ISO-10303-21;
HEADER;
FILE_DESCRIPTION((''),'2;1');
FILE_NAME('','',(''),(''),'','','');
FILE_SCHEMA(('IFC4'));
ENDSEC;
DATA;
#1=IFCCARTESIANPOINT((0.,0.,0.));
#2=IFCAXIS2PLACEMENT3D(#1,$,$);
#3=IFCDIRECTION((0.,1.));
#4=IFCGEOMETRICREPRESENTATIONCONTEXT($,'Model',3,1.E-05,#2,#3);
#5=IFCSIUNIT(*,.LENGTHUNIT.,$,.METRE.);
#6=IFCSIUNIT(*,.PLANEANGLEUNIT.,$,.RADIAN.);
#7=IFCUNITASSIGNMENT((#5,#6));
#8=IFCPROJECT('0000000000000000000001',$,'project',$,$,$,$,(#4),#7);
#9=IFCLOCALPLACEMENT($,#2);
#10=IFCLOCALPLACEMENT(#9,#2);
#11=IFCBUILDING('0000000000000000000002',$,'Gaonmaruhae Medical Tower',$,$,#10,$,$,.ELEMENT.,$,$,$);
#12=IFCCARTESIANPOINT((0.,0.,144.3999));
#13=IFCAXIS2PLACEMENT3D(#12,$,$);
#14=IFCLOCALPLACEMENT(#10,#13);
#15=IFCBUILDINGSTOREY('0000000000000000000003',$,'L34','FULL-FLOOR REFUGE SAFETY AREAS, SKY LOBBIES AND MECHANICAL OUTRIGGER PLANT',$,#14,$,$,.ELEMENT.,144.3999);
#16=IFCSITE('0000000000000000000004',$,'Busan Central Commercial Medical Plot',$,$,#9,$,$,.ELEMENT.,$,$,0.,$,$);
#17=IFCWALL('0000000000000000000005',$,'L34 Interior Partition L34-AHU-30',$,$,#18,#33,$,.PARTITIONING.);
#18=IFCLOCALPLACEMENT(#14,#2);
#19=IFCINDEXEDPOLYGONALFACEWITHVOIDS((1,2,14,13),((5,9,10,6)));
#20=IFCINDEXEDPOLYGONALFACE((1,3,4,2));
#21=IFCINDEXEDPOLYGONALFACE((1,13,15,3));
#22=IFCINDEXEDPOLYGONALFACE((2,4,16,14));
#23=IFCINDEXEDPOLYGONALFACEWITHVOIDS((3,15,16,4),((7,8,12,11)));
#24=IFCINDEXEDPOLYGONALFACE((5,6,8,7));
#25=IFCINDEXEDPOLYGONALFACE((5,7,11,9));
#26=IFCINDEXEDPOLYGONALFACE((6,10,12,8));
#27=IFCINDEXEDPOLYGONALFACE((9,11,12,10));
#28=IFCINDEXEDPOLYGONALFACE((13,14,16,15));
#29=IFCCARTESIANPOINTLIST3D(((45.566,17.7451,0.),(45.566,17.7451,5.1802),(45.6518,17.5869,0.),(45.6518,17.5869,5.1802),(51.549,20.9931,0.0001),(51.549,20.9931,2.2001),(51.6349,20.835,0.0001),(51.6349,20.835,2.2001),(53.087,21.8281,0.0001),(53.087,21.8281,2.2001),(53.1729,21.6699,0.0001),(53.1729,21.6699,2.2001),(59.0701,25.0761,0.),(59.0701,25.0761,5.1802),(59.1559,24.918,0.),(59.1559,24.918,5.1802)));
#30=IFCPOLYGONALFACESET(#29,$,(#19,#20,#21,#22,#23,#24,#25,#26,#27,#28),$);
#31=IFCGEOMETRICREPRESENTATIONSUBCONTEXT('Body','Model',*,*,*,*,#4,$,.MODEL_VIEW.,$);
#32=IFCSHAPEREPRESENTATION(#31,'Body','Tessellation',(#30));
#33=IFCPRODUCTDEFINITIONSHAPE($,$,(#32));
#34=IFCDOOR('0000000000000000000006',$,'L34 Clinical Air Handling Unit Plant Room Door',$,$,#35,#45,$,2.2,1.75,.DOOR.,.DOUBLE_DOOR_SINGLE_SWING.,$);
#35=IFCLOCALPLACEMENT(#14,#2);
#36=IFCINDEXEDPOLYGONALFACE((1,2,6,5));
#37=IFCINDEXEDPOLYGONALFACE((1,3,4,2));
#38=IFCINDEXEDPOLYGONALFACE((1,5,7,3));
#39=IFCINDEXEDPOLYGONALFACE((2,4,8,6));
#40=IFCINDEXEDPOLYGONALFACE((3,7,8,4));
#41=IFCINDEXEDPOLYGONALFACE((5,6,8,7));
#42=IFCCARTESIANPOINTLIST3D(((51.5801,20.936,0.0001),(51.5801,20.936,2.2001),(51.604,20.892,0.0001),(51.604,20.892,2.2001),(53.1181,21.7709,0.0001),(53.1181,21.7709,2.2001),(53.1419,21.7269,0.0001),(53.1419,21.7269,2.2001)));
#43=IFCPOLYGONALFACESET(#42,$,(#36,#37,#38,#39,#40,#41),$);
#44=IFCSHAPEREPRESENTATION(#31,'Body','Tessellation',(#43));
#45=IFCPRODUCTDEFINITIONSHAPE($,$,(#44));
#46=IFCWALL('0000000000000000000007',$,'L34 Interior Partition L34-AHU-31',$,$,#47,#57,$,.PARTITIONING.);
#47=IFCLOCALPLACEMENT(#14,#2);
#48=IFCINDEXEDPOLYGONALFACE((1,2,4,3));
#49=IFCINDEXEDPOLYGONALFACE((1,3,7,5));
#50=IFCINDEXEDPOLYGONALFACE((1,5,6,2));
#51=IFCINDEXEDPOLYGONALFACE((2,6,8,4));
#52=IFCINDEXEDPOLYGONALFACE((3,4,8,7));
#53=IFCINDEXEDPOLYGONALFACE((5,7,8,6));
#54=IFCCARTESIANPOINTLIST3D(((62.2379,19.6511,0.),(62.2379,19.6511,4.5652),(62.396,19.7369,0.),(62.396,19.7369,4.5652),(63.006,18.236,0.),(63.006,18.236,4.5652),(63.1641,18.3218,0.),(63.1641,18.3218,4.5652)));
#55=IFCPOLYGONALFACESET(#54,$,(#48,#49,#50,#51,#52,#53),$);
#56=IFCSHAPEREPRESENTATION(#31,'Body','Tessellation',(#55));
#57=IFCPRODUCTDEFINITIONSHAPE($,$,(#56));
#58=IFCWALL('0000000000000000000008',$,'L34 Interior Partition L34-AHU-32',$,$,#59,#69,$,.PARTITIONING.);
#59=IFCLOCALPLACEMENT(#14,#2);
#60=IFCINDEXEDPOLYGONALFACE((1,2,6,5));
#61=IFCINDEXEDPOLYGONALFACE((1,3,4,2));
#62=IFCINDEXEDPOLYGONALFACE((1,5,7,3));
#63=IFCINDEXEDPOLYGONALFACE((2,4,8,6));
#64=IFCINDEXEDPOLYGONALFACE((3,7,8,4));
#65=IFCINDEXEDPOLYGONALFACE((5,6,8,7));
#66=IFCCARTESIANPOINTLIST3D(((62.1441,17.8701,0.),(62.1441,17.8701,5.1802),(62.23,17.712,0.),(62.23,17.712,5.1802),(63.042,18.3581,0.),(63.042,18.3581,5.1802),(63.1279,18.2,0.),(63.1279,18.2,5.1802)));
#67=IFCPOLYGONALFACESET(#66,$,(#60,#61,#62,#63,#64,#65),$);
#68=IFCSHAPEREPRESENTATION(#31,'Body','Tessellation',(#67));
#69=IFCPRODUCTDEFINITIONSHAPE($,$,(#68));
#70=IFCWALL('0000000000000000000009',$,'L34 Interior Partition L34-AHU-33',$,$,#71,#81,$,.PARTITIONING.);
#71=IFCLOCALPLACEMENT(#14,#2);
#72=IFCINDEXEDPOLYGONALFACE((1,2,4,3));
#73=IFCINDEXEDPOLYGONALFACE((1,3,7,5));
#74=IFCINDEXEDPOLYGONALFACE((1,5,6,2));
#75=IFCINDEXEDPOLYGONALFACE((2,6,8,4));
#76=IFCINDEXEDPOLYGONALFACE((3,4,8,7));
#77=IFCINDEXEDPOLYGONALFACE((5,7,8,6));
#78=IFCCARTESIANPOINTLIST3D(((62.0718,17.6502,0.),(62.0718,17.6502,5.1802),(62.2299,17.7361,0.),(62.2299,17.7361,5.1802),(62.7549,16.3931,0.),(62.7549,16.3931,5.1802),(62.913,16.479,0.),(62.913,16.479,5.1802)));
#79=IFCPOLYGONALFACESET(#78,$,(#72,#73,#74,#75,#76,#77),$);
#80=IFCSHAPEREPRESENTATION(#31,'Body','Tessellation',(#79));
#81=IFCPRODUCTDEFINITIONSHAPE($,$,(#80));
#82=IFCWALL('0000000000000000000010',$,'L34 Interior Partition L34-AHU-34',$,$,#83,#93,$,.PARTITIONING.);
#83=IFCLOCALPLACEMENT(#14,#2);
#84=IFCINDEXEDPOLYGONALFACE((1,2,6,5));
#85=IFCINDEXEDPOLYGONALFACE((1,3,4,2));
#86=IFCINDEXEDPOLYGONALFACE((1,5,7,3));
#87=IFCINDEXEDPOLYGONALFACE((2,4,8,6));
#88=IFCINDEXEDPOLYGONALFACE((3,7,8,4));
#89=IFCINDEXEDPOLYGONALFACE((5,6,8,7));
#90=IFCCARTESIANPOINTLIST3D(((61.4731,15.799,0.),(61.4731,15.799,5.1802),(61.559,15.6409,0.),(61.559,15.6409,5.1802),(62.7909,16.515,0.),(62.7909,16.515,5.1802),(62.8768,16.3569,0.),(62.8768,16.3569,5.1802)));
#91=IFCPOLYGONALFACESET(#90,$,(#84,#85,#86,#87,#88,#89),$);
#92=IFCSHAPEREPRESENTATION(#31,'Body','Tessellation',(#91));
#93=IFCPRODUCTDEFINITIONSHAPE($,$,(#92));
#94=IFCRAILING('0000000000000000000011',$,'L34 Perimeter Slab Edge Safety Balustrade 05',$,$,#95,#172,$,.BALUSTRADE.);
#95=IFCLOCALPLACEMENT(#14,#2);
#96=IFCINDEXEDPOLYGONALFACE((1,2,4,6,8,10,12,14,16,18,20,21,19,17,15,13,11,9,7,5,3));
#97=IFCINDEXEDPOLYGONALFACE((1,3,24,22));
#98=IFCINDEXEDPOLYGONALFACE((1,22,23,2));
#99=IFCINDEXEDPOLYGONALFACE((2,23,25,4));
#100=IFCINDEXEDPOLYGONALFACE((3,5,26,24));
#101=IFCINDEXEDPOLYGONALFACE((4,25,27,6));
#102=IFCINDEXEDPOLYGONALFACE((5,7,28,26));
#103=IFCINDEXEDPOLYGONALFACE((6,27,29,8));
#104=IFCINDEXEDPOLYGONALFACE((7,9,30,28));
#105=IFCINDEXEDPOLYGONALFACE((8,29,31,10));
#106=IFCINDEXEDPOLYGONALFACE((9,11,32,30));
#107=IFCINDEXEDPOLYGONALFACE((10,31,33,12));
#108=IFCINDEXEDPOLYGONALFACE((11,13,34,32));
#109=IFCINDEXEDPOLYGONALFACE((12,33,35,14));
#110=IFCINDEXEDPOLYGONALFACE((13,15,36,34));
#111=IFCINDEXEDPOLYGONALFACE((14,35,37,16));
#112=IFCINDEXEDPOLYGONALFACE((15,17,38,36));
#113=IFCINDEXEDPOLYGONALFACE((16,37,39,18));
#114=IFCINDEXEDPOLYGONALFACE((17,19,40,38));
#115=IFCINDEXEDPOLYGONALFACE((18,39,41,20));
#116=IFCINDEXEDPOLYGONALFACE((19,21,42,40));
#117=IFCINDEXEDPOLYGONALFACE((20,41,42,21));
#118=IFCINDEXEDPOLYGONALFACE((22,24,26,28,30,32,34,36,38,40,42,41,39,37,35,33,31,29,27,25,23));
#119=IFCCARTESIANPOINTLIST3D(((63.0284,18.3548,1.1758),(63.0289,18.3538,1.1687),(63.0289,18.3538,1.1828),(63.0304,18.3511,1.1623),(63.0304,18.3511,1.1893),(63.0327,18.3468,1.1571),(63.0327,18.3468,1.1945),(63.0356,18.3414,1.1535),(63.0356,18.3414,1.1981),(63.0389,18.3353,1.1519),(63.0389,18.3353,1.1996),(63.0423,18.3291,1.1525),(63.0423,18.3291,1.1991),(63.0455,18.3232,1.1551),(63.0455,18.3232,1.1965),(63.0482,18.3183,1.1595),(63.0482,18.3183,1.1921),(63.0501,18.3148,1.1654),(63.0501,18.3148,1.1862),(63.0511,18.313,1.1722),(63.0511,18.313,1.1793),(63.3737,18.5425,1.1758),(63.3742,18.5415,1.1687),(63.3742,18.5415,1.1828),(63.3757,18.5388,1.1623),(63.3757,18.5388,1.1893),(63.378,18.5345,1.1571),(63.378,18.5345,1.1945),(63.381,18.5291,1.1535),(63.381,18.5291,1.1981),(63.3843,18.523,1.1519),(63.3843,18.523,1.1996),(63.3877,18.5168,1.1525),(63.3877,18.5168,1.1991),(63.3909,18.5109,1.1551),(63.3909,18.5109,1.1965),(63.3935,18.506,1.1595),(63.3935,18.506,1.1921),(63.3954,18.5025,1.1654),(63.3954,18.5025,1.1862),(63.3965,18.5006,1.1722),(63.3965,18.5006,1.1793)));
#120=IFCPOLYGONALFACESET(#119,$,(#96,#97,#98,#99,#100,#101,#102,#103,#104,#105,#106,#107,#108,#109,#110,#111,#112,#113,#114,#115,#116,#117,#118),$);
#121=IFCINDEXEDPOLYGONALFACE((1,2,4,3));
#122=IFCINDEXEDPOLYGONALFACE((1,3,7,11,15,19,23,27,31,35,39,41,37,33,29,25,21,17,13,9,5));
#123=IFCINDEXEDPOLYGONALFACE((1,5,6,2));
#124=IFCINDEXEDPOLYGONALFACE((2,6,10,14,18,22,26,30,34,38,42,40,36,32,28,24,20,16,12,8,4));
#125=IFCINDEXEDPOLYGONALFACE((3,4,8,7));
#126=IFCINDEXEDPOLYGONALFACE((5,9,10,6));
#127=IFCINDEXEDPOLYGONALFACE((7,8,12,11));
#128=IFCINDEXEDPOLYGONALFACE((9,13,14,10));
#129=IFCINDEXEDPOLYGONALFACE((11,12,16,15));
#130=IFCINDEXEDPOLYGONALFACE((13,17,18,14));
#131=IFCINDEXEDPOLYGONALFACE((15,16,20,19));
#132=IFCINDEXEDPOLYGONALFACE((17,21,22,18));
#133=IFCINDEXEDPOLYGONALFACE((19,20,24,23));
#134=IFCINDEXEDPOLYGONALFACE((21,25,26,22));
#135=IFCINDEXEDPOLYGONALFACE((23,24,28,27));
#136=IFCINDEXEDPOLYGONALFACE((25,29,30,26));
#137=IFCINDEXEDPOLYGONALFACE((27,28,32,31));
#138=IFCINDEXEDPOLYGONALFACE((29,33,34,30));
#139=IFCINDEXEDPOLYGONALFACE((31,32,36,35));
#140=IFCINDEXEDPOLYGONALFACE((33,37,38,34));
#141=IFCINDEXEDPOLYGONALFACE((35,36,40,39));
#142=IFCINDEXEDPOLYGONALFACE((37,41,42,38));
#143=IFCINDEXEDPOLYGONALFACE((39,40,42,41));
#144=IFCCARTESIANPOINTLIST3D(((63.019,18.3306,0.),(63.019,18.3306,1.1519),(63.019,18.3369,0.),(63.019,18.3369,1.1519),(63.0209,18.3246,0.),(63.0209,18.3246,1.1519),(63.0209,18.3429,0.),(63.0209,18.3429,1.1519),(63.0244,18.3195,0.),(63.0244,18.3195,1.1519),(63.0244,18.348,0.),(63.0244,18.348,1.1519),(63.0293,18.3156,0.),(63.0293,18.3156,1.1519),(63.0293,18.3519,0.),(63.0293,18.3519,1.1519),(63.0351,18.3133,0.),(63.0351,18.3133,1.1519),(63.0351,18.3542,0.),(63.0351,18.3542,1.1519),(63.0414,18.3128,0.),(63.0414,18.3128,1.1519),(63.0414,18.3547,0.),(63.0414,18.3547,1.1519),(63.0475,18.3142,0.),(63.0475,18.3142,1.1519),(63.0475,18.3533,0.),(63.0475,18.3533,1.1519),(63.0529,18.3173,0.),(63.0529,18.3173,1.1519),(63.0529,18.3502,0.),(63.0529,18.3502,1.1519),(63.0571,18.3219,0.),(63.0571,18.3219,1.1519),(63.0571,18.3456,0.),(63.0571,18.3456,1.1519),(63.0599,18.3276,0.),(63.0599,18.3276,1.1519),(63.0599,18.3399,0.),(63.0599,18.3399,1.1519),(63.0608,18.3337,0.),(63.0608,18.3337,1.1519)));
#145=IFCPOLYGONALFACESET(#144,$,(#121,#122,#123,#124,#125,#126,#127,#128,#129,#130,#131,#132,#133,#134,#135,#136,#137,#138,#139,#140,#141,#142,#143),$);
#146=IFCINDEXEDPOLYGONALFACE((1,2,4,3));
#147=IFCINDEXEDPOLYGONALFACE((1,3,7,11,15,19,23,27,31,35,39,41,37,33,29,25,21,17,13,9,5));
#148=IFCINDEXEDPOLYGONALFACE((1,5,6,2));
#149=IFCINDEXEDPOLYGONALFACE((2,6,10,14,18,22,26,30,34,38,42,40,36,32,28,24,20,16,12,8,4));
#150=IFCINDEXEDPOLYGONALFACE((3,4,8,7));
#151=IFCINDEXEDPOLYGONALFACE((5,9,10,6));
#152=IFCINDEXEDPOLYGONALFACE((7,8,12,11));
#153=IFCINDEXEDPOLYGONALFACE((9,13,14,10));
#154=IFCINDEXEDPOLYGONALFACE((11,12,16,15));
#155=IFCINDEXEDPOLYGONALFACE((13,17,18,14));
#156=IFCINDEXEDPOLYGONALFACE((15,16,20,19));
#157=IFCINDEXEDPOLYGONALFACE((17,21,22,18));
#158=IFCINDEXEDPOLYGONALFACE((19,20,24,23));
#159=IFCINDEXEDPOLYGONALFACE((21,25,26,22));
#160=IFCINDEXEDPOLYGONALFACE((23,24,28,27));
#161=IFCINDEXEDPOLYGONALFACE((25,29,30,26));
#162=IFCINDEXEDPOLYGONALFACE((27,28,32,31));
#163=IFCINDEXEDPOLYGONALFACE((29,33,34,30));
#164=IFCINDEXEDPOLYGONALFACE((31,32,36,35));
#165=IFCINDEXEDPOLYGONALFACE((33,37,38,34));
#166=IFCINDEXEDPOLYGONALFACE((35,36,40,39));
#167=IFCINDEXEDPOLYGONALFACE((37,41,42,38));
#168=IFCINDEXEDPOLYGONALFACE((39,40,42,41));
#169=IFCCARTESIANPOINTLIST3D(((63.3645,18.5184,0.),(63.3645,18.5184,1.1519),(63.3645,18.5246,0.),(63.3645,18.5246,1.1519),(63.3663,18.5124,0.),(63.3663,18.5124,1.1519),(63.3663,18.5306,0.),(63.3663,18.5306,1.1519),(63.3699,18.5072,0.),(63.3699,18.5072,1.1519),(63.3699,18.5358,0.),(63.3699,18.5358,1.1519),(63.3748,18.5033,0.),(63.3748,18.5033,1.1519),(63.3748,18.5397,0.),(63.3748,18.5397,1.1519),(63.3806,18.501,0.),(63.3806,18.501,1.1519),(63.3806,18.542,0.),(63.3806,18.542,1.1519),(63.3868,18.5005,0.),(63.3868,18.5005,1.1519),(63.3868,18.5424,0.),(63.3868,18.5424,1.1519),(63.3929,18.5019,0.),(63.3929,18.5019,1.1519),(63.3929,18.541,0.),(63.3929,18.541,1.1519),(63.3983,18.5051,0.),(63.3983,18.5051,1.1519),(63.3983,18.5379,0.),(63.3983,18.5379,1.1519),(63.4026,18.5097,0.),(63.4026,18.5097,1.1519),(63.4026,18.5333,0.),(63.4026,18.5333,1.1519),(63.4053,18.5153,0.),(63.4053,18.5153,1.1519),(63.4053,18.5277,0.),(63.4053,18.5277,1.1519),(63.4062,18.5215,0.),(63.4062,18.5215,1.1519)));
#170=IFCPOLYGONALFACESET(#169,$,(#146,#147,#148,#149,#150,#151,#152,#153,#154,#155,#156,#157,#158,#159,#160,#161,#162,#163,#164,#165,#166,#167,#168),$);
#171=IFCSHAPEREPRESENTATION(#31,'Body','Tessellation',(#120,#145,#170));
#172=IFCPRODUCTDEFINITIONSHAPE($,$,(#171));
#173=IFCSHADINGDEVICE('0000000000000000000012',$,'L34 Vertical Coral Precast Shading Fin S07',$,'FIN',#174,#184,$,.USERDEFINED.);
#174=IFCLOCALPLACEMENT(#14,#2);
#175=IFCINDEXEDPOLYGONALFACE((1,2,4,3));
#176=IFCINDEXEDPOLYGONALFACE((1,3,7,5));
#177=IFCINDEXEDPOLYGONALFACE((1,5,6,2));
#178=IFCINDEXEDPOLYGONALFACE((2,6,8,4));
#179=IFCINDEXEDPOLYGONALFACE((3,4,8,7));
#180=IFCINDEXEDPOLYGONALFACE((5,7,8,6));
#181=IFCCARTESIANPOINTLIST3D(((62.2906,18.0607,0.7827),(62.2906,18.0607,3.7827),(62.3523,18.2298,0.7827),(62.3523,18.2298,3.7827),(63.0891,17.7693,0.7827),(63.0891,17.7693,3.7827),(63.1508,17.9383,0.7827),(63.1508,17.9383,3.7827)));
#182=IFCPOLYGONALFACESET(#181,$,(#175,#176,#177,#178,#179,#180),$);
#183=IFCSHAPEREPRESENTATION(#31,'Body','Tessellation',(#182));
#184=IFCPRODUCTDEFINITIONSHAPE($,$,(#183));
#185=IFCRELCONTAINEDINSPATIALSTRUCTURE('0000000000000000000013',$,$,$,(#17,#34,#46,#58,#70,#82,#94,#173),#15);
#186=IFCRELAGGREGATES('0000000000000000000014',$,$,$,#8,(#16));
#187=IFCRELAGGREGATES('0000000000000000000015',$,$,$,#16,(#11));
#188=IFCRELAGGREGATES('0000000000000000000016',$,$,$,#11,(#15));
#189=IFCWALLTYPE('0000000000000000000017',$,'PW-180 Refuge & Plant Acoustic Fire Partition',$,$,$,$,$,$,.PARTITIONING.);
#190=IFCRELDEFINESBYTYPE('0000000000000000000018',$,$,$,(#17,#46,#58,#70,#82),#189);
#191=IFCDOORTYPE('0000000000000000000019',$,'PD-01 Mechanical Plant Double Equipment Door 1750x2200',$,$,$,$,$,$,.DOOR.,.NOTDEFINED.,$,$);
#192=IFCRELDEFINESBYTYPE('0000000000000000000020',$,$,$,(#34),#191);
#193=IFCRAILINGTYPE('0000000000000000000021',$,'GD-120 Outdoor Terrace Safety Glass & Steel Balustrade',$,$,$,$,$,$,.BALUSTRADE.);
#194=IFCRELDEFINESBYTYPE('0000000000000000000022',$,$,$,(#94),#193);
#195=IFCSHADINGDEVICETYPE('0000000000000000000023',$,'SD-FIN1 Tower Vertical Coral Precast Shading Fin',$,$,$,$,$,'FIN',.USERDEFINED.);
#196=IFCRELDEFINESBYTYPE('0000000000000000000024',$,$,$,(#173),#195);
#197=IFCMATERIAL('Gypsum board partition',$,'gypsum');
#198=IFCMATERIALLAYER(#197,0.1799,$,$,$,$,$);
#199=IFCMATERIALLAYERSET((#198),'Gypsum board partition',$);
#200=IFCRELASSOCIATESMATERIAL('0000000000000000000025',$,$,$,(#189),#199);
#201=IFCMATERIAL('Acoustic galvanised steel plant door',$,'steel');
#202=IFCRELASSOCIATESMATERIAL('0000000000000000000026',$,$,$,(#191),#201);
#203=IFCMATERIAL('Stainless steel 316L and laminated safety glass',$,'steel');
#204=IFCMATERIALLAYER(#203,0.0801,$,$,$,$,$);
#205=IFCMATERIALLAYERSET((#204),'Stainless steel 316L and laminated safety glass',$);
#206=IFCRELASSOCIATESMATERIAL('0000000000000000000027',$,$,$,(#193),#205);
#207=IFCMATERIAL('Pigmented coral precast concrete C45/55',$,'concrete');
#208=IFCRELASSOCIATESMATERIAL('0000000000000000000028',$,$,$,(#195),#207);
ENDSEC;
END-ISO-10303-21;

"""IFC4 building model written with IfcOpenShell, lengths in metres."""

from ifc_helpers import new_model, si_unit, direction, frame, frame_2d, origin, origin_2d, place, context, subcontext, project, spatial, rectangle, circle, extrude, material, layer, layer_set, type_object, element, fill, save


model = new_model("IFC4")

# Units and contexts
model_context = context("Model", 3, precision=1e-05, world=origin(), true_north=direction((0.0, 1.0)))
body_context = subcontext(model_context, "Body", "Model", "MODEL_VIEW")
ifc_project = project(units=[si_unit("LENGTHUNIT", "METRE"), si_unit("PLANEANGLEUNIT", "RADIAN")], contexts=[model_context])

# Site, building, storey
site_placement = place(None, origin())
site = spatial("IfcSite", under=ifc_project, at=site_placement, Name="Busan Central Commercial Medical Plot", CompositionType="ELEMENT", RefElevation=0.0)
building_placement = place(site_placement, origin())
building = spatial("IfcBuilding", under=site, at=building_placement, Name="Gaonmaruhae Medical Tower", CompositionType="ELEMENT")
storey_placement = place(building_placement, frame((0.0, 0.0, 144.3999)))
storey = spatial("IfcBuildingStorey", under=building, at=storey_placement, Name="L34", Description="FULL-FLOOR REFUGE SAFETY AREAS, SKY LOBBIES AND MECHANICAL OUTRIGGER PLANT", CompositionType="ELEMENT", Elevation=144.3999)

# Shared definitions
ifc_material_1 = material(Name="Gypsum board partition", Category="gypsum")
ifc_layer_1 = layer(ifc_material_1, 0.1799)
ifc_layer_set_1 = layer_set([ifc_layer_1], Name="Gypsum board partition")
wall_type_1 = type_object("IfcWallType", Name="PW-180 Refuge & Plant Acoustic Fire Partition", PredefinedType="PARTITIONING", material=ifc_layer_set_1)

# Wall, opening, door
wall_1_placement = place(storey_placement, frame((45.6089, 17.666, 0.0), z_axis=(0.0, 0.0, 1.0), x_axis=(0.878847, 0.477103, 0.0)))
wall_1 = element("IfcWall", 1, at=wall_1_placement, inside=storey, type_object=wall_type_1, Name="L34 Interior Partition L34-AHU-30", PredefinedType="PARTITIONING", context=body_context, shape_type="SweptSolid", body=[
    extrude(rectangle(XDim=15.3657, YDim=0.1799, at=frame_2d((7.6829, 0.0))), origin(), (0.0, 0.0, 1.0), 5.1802),
])
opening_placement = place(wall_1_placement, frame((6.8079, 0.0, 0.0)))
opening = element("IfcOpeningElement", 2, at=opening_placement, cuts=wall_1, PredefinedType="OPENING", context=body_context, shape_type="SweptSolid", body=[
    extrude(rectangle(XDim=1.75, YDim=2.2, at=frame_2d((0.875, 1.1001))), frame((0.0, 0.1001, 0.0), z_axis=(0.0, -1.0, 0.0), x_axis=(1.0, 0.0, 0.0)), (0.0, 0.0, 1.0), 0.2),
])
ifc_material_2 = material(Name="Acoustic galvanised steel plant door", Category="steel")
door_type = type_object("IfcDoorType", Name="PD-01 Mechanical Plant Double Equipment Door 1750x2200", OperationType="NOTDEFINED", PredefinedType="DOOR", material=ifc_material_2)
door_placement = place(opening_placement, origin())
door = element("IfcDoor", 3, at=door_placement, inside=storey, type_object=door_type, Name="L34 Clinical Air Handling Unit Plant Room Door", OperationType="DOUBLE_DOOR_SINGLE_SWING", OverallHeight=2.2, OverallWidth=1.75, PredefinedType="DOOR", context=body_context, shape_type="SweptSolid", body=[
    extrude(rectangle(XDim=1.75, YDim=2.2, at=frame_2d((0.875, 1.1001))), frame((0.0, 0.0249, 0.0), z_axis=(0.0, -1.0, 0.0), x_axis=(1.0, 0.0, 0.0)), (0.0, 0.0, 1.0), 0.05),
])
fill(opening, door)

# Walls
wall_2_placement = place(storey_placement, frame((62.3169, 19.6941, 0.0), z_axis=(0.0, 0.0, 1.0), x_axis=(0.477045, -0.878879, 0.0)))
element("IfcWall", 4, at=wall_2_placement, inside=storey, type_object=wall_type_1, Name="L34 Interior Partition L34-AHU-31", PredefinedType="PARTITIONING", context=body_context, shape_type="SweptSolid", body=[
    extrude(rectangle(XDim=1.6101, YDim=0.1799, at=frame_2d((0.8052, 0.0))), origin(), (0.0, 0.0, 1.0), 4.5652),
])
wall_3_placement = place(storey_placement, frame((63.085, 18.2791, 0.0), z_axis=(0.0, 0.0, 1.0), x_axis=(-0.878616, -0.477529, 0.0)))
element("IfcWall", 5, at=wall_3_placement, inside=storey, type_object=wall_type_1, Name="L34 Interior Partition L34-AHU-32", PredefinedType="PARTITIONING", context=body_context, shape_type="SweptSolid", body=[
    extrude(rectangle(XDim=1.022, YDim=0.1799, at=frame_2d((0.511, 0.0))), origin(), (0.0, 0.0, 1.0), 5.1802),
])
wall_4_placement = place(storey_placement, frame((62.1509, 17.6931, 0.0), z_axis=(0.0, 0.0, 1.0), x_axis=(0.477465, -0.878651, 0.0)))
element("IfcWall", 6, at=wall_4_placement, inside=storey, type_object=wall_type_1, Name="L34 Interior Partition L34-AHU-33", PredefinedType="PARTITIONING", context=body_context, shape_type="SweptSolid", body=[
    extrude(rectangle(XDim=1.4307, YDim=0.1799, at=frame_2d((0.7153, 0.0))), origin(), (0.0, 0.0, 1.0), 5.1802),
])
wall_5_placement = place(storey_placement, frame((62.834, 16.436, 0.0), z_axis=(0.0, 0.0, 1.0), x_axis=(-0.878672, -0.477426, 0.0)))
element("IfcWall", 7, at=wall_5_placement, inside=storey, type_object=wall_type_1, Name="L34 Interior Partition L34-AHU-34", PredefinedType="PARTITIONING", context=body_context, shape_type="SweptSolid", body=[
    extrude(rectangle(XDim=1.4998, YDim=0.1799, at=frame_2d((0.75, 0.0))), origin(), (0.0, 0.0, 1.0), 5.1802),
])

# Railing
ifc_material_3 = material(Name="Stainless steel 316L and laminated safety glass", Category="steel")
ifc_layer_2 = layer(ifc_material_3, 0.0801)
ifc_layer_set_2 = layer_set([ifc_layer_2], Name="Stainless steel 316L and laminated safety glass")
railing_type = type_object("IfcRailingType", Name="GD-120 Outdoor Terrace Safety Glass & Steel Balustrade", PredefinedType="BALUSTRADE", material=ifc_layer_set_2)
railing_placement = place(storey_placement, frame((63.0398, 18.3337, 0.0)))
element("IfcRailing", 8, at=railing_placement, inside=storey, type_object=railing_type, Name="L34 Perimeter Slab Edge Safety Balustrade 05", PredefinedType="BALUSTRADE", context=body_context, shape_type="SweptSolid", body=[
    extrude(circle(Radius=0.0239, at=origin_2d()), frame((0.0, 0.0, 1.1758), z_axis=(0.87863, 0.477503, 0.0), x_axis=(-0.477503, 0.87863, 0.0)), (0.0, 0.0, 1.0), 0.3931),
    extrude(circle(Radius=0.021, at=origin_2d()), origin(), (0.0, 0.0, 1.0), 1.1519),
    extrude(circle(Radius=0.021, at=origin_2d()), frame((0.3455, 0.1877, 0.0)), (0.0, 0.0, 1.0), 1.1519),
])

# Shading device
ifc_material_4 = material(Name="Pigmented coral precast concrete C45/55", Category="concrete")
shading_device_type = type_object("IfcShadingDeviceType", Name="SD-FIN1 Tower Vertical Coral Precast Shading Fin", ElementType="FIN", PredefinedType="USERDEFINED", material=ifc_material_4)
shading_device_placement = place(storey_placement, frame((62.7207, 17.9995, 0.7827), z_axis=(0.0, 0.0, 1.0), x_axis=(-0.342856, -0.939388, 0.0)))
element("IfcShadingDevice", 9, at=shading_device_placement, inside=storey, type_object=shading_device_type, Name="L34 Vertical Coral Precast Shading Fin S07", ObjectType="FIN", PredefinedType="USERDEFINED", context=body_context, shape_type="SweptSolid", body=[
    extrude(rectangle(XDim=0.1799, YDim=0.8501, at=origin_2d()), origin(), (0.0, 0.0, 1.0), 3.0),
])

save(model, "model.ifc")
